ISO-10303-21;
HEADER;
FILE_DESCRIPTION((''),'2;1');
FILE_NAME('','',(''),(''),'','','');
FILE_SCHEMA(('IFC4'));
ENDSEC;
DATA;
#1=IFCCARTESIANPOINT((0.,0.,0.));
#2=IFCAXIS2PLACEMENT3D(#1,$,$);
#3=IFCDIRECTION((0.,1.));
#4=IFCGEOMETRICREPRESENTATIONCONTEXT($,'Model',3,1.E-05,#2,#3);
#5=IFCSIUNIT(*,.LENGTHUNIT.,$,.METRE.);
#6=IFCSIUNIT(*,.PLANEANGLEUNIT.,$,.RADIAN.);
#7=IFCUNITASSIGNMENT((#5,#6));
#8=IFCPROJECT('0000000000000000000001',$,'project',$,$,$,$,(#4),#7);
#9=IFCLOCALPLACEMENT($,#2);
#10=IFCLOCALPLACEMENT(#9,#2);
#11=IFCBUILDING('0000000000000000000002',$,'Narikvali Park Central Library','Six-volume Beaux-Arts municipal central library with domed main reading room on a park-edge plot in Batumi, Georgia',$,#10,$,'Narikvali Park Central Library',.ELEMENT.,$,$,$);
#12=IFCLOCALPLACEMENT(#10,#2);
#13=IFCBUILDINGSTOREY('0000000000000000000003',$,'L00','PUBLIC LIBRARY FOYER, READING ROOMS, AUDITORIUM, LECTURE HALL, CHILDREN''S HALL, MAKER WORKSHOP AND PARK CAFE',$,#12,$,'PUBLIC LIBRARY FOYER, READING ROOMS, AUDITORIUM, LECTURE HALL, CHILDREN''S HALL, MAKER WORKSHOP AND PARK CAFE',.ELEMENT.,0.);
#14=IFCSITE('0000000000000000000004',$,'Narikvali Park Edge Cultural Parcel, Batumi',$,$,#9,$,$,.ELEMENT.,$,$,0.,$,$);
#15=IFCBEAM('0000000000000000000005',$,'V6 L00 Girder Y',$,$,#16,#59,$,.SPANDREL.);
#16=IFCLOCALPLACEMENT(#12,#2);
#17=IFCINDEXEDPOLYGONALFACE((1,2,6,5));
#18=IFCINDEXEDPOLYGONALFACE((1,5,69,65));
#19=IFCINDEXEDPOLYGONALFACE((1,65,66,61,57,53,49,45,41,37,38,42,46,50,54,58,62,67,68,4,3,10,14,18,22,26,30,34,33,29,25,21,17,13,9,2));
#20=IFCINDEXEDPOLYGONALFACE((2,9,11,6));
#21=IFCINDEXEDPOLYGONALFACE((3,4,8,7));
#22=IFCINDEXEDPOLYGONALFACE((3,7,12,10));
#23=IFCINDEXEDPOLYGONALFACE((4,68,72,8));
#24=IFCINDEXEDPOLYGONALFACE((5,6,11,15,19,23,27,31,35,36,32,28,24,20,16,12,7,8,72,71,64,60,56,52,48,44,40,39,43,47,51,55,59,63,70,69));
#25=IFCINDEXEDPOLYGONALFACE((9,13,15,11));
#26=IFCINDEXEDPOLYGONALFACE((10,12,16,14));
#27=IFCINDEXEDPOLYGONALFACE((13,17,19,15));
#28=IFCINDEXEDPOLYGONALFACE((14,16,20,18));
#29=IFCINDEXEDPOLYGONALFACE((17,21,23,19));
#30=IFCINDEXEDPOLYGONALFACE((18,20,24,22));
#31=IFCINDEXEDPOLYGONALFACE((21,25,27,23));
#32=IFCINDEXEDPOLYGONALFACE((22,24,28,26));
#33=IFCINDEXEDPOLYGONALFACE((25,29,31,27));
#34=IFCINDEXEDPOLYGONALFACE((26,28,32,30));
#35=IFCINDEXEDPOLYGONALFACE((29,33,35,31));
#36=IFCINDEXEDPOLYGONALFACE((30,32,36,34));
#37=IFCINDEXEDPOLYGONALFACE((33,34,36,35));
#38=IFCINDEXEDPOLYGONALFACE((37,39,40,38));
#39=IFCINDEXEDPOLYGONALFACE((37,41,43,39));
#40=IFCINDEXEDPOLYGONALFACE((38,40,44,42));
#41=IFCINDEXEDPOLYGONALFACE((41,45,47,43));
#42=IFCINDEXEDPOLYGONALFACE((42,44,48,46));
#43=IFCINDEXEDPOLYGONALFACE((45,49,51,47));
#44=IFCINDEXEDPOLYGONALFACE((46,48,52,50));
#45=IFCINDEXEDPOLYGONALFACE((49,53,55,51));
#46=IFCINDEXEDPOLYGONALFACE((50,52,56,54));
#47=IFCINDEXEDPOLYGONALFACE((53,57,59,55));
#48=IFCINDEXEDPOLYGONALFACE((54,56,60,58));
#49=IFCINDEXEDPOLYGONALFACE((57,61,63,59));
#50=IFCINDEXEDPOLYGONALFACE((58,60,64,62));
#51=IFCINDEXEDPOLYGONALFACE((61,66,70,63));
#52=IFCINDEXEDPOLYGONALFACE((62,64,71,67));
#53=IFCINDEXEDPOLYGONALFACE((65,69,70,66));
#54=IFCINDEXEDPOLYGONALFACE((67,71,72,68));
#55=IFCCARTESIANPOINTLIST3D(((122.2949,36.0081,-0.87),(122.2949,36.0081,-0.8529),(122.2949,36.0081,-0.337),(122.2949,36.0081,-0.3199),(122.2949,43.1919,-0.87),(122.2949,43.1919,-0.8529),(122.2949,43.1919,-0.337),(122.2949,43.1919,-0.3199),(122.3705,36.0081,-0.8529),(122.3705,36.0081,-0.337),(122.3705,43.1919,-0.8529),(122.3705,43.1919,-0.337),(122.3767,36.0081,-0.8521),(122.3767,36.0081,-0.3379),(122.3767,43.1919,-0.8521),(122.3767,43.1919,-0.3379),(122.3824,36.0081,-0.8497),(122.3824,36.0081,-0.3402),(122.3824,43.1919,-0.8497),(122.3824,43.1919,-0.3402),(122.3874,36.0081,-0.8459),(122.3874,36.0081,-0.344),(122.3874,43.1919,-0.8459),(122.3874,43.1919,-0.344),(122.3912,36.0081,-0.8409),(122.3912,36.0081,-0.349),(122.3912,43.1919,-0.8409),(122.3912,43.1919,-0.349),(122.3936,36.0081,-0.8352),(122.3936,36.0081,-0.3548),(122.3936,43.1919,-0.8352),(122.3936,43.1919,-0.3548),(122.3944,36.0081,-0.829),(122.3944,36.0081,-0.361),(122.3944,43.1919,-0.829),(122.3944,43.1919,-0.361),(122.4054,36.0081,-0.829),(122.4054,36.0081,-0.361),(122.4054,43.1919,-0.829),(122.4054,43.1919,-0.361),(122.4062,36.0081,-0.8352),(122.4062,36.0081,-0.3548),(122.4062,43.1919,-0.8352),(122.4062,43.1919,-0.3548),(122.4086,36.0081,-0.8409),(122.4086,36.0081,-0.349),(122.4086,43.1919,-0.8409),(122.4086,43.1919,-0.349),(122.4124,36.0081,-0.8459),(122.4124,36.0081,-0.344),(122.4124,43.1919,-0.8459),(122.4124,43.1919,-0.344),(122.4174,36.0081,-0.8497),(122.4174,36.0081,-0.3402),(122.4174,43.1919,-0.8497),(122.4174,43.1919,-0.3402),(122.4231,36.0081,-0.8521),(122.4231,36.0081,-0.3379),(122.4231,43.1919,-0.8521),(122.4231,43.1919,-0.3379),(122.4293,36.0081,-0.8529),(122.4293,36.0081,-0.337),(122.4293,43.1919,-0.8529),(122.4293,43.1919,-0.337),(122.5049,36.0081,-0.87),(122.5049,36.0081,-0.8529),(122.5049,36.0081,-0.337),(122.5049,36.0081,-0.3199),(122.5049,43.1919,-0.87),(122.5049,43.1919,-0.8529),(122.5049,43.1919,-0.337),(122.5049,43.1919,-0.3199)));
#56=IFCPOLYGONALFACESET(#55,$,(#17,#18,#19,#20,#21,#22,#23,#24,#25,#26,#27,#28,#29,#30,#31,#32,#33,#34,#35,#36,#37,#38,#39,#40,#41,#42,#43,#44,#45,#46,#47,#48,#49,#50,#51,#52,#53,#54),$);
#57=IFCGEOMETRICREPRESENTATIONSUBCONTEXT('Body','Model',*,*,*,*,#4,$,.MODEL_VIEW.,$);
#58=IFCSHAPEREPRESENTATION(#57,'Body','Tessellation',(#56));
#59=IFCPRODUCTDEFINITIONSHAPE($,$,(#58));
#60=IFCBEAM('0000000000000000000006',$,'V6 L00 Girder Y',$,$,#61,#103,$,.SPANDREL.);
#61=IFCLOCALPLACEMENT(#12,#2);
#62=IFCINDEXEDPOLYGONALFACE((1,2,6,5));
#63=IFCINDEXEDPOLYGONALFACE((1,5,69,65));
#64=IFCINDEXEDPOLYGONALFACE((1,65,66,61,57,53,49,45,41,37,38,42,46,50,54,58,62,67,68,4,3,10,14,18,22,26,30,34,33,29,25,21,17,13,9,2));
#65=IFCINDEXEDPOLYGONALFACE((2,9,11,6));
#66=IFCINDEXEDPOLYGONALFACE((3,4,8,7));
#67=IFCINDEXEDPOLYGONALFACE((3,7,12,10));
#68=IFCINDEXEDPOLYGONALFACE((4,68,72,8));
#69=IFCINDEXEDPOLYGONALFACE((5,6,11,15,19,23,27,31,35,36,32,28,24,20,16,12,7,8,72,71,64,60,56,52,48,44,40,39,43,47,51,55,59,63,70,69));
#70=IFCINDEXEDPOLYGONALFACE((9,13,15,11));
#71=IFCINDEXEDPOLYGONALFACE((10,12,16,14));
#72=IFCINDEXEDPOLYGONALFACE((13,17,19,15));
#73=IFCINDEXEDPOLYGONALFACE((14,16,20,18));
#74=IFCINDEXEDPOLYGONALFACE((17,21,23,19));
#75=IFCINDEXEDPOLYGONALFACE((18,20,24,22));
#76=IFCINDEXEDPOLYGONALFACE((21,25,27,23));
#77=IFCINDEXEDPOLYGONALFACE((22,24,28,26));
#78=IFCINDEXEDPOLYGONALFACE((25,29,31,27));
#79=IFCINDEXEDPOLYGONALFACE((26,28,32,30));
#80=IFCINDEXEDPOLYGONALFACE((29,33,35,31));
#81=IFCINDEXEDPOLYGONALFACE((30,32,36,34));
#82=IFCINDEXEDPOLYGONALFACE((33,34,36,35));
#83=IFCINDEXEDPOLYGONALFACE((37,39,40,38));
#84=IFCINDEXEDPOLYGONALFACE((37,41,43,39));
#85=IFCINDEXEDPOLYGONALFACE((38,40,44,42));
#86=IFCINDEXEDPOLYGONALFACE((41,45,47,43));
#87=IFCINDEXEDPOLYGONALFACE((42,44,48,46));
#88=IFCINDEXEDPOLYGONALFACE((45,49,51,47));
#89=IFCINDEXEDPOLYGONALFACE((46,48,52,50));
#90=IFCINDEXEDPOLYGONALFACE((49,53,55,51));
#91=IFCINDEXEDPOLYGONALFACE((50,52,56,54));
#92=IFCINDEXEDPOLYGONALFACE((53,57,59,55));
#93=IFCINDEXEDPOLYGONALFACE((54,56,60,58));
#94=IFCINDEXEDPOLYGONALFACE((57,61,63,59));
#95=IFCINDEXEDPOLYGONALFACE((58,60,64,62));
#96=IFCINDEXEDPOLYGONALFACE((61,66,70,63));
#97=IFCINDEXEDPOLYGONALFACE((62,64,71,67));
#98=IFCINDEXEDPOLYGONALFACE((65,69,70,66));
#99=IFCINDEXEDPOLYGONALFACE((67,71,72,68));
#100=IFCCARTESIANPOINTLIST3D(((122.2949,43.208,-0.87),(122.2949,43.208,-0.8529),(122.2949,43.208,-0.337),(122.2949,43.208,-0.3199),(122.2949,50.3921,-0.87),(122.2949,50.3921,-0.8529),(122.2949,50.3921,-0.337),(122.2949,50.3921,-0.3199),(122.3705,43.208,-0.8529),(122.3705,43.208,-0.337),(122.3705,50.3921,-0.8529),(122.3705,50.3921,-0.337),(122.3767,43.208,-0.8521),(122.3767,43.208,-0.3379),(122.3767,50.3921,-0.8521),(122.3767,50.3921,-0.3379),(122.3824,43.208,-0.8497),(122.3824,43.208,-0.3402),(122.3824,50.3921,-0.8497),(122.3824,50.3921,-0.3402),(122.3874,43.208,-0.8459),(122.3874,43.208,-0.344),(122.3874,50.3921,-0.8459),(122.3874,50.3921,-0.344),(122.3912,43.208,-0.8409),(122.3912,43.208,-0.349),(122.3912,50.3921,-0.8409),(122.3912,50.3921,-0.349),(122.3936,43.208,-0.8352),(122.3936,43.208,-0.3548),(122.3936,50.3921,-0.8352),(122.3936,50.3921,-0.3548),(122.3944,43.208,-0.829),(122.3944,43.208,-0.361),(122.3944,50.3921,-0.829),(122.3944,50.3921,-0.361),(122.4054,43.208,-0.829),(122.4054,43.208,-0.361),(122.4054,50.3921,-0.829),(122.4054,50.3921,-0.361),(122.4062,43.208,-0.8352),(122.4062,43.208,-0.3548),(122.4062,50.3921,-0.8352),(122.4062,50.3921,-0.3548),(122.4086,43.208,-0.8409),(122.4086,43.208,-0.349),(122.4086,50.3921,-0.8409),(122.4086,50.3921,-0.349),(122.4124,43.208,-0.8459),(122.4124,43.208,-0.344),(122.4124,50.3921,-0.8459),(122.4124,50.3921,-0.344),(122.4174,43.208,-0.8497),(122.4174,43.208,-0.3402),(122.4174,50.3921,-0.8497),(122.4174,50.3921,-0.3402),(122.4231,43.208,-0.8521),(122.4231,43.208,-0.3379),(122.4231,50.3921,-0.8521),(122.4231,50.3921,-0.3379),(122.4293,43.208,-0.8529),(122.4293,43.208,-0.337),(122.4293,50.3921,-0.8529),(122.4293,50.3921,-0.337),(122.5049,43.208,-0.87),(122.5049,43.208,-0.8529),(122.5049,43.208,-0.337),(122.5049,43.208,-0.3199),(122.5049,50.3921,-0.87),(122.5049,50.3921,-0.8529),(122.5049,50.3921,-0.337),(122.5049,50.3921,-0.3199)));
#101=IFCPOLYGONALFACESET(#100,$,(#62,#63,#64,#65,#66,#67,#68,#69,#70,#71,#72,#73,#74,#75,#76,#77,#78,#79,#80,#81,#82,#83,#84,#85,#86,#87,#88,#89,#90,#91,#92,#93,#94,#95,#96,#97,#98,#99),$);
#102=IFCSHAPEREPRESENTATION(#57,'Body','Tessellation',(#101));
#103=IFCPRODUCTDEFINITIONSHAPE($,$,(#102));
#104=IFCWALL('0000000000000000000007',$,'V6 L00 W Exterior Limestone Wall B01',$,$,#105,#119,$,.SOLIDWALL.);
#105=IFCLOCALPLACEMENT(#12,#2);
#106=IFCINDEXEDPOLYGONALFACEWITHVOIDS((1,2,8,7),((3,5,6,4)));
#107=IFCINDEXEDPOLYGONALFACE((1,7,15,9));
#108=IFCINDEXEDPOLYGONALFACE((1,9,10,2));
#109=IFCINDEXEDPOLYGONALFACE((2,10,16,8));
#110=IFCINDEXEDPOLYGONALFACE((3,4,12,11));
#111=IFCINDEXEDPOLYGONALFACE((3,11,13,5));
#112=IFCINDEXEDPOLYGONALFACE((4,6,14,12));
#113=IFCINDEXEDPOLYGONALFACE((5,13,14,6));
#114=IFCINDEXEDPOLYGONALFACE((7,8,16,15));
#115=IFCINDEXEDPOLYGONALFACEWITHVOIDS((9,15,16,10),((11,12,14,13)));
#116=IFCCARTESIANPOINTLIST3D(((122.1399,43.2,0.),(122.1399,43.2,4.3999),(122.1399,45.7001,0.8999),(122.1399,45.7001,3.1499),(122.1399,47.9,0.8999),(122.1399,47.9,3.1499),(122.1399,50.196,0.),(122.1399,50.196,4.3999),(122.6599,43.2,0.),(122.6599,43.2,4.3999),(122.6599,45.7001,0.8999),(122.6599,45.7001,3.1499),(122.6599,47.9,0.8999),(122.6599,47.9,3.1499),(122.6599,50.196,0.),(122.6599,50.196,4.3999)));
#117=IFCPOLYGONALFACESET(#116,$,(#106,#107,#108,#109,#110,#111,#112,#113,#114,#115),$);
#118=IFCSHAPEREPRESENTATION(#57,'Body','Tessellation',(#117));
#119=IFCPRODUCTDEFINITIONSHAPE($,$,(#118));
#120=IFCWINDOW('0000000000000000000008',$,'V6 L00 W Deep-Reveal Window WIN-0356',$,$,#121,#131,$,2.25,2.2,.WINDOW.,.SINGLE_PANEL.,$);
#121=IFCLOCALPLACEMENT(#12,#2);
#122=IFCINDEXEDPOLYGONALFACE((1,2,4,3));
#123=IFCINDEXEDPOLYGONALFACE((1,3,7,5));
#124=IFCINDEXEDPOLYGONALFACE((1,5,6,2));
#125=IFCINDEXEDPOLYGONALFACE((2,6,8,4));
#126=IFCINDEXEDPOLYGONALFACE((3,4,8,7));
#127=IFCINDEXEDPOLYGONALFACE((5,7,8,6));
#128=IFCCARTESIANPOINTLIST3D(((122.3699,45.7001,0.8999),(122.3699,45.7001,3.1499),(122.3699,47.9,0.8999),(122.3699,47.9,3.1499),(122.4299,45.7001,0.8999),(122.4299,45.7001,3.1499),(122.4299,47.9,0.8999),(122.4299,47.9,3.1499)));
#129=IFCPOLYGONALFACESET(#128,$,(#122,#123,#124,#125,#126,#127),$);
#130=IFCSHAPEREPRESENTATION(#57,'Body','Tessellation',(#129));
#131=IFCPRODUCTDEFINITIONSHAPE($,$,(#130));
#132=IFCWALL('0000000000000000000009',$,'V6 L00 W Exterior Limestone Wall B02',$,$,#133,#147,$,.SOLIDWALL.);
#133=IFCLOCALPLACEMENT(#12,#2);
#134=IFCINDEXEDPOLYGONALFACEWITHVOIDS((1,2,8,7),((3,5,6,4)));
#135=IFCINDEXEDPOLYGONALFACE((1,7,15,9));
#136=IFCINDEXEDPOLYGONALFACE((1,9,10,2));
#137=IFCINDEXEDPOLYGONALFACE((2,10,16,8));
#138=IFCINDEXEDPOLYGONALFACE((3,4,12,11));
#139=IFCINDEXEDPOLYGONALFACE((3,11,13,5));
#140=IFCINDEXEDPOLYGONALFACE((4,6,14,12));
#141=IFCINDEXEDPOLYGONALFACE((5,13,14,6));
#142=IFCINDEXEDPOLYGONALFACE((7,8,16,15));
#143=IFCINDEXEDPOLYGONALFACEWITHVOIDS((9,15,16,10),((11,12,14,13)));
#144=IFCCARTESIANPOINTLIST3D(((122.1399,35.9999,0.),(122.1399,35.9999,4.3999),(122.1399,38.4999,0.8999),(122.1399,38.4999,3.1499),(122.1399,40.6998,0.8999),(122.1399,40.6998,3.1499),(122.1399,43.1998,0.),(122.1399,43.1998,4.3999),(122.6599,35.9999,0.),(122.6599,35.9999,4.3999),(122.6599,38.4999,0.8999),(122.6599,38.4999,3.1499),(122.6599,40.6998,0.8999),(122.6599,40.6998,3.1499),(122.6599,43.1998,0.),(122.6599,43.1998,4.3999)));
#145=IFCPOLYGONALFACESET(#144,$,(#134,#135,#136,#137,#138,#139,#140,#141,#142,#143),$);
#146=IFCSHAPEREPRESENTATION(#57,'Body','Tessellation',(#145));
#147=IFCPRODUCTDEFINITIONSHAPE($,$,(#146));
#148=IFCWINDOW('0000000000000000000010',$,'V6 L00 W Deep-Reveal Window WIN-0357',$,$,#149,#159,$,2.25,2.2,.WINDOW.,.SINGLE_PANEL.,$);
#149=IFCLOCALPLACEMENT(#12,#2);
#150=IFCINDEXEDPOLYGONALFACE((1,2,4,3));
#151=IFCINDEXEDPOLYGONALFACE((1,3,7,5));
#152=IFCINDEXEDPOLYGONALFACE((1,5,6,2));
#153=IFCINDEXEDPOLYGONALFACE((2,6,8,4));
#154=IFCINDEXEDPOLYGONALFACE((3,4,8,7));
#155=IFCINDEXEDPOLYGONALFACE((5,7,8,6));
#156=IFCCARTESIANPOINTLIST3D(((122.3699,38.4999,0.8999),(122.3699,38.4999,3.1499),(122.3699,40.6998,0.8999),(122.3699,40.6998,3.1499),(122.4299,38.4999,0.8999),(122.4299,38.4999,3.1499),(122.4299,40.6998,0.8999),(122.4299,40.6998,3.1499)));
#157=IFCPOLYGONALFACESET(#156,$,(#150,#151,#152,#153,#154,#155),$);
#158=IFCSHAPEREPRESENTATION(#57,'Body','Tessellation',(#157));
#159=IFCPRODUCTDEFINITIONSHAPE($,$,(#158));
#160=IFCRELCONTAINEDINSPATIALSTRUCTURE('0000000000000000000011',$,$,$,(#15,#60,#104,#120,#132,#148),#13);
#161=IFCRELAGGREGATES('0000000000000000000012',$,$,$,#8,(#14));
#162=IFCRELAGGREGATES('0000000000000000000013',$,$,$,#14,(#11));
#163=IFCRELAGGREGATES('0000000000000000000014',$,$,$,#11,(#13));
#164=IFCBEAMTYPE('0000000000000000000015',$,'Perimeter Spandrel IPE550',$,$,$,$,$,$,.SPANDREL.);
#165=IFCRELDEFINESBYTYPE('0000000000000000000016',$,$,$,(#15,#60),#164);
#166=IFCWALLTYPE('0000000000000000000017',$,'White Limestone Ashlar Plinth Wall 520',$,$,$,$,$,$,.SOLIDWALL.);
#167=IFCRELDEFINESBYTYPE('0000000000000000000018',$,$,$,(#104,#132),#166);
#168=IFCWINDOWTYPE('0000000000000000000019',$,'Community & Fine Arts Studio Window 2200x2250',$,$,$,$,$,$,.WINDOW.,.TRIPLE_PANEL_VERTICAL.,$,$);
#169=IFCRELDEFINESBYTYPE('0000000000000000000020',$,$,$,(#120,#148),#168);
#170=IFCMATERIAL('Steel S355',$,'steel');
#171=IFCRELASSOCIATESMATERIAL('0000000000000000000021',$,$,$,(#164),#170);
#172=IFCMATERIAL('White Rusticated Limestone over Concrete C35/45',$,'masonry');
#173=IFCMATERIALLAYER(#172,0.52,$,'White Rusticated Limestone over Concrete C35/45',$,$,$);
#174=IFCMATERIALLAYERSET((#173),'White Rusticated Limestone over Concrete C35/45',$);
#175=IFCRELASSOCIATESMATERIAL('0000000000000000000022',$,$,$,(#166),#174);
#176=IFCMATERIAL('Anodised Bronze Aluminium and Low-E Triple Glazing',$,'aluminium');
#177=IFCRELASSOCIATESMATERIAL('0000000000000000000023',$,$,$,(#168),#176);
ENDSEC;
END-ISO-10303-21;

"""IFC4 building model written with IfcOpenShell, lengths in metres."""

from ifc_helpers import new_model, si_unit, direction, frame, frame_2d, origin, origin_2d, place, context, subcontext, project, spatial, rectangle, i_section, extrude, material, layer, layer_set, material_profile, profile_set, type_object, element, fill, save


model = new_model("IFC4")

# Units and contexts
model_context = context("Model", 3, precision=1e-05, world=origin(), true_north=direction((0.0, 1.0)))
body_context = subcontext(model_context, "Body", "Model", "MODEL_VIEW")
ifc_project = project(units=[si_unit("LENGTHUNIT", "METRE"), si_unit("PLANEANGLEUNIT", "RADIAN")], contexts=[model_context])

# Site, building, storey
site_placement = place(None, origin())
site = spatial("IfcSite", under=ifc_project, at=site_placement, Name="Narikvali Park Edge Cultural Parcel, Batumi", CompositionType="ELEMENT", RefElevation=0.0)
building_placement = place(site_placement, origin())
building = spatial("IfcBuilding", under=site, at=building_placement, Name="Narikvali Park Central Library", Description="Six-volume Beaux-Arts municipal central library with domed main reading room on a park-edge plot in Batumi, Georgia", LongName="Narikvali Park Central Library", CompositionType="ELEMENT")
storey_placement = place(building_placement, origin())
storey = spatial("IfcBuildingStorey", under=building, at=storey_placement, Name="L00", Description="PUBLIC LIBRARY FOYER, READING ROOMS, AUDITORIUM, LECTURE HALL, CHILDREN'S HALL, MAKER WORKSHOP AND PARK CAFE", LongName="PUBLIC LIBRARY FOYER, READING ROOMS, AUDITORIUM, LECTURE HALL, CHILDREN'S HALL, MAKER WORKSHOP AND PARK CAFE", CompositionType="ELEMENT", Elevation=0.0)

# Shared definitions
ifc_material_1 = material(Name="Steel S355", Category="steel")

# Beams
ifc_material_profile_1 = material_profile(ifc_material_1, i_section(OverallWidth=0.21, OverallDepth=0.55, WebThickness=0.011, FlangeThickness=0.0171, FilletRadius=0.0239, at=origin_2d()), Name="IPE 550")
ifc_profile_set_1 = profile_set([ifc_material_profile_1], Name="Steel S355")
beam_type = type_object("IfcBeamType", Name="Perimeter Spandrel IPE550", PredefinedType="SPANDREL", material=ifc_profile_set_1)
for number, where, z_axis, x_axis, name in (
    (1, (122.3999, 36.0081, -0.595), (0.0, 1.0, 0.0), (-1.0, 0.0, 0.0), "V6 L00 Girder Y"),
):
    element("IfcBeam", number, at=place(storey_placement, frame(where, z_axis=z_axis, x_axis=x_axis)), inside=storey, type_object=beam_type, Name=name, PredefinedType="SPANDREL", context=body_context, shape_type="SweptSolid", body=[
        extrude(i_section(OverallWidth=0.21, OverallDepth=0.55, WebThickness=0.011, FlangeThickness=0.0171, FilletRadius=0.0239, at=origin_2d()), origin(), (0.0, 0.0, 1.0), 7.1838),
    ])
beam_placement = place(storey_placement, frame((122.3999, 43.208, -0.595), z_axis=(0.0, 1.0, 0.0), x_axis=(-1.0, 0.0, 0.0)))
element("IfcBeam", 2, at=beam_placement, inside=storey, type_object=beam_type, Name="V6 L00 Girder Y", PredefinedType="SPANDREL", context=body_context, shape_type="SweptSolid", body=[
    extrude(i_section(OverallWidth=0.21, OverallDepth=0.55, WebThickness=0.011, FlangeThickness=0.0171, FilletRadius=0.0239, at=origin_2d()), origin(), (0.0, 0.0, 1.0), 7.1841),
])

# Walls, openings, windows
ifc_material_2 = material(Name="White Rusticated Limestone over Concrete C35/45", Category="masonry")
ifc_layer_1 = layer(ifc_material_2, 0.52, Name="White Rusticated Limestone over Concrete C35/45")
ifc_layer_set_1 = layer_set([ifc_layer_1], Name="White Rusticated Limestone over Concrete C35/45")
wall_type = type_object("IfcWallType", Name="White Limestone Ashlar Plinth Wall 520", PredefinedType="SOLIDWALL", material=ifc_layer_set_1)
wall_1_placement = place(storey_placement, frame((122.3999, 50.196, 0.0), z_axis=(0.0, 0.0, 1.0), x_axis=(0.0, -1.0, 0.0)))
wall_1 = element("IfcWall", 3, at=wall_1_placement, inside=storey, type_object=wall_type, Name="V6 L00 W Exterior Limestone Wall B01", PredefinedType="SOLIDWALL", context=body_context, shape_type="SweptSolid", body=[
    extrude(rectangle(XDim=6.9961, YDim=0.52, at=frame_2d((3.498, 0.0))), origin(), (0.0, 0.0, 1.0), 4.3999),
])
opening_1_placement = place(wall_1_placement, frame((2.2959, 0.0, 0.8999)))
opening_1 = element("IfcOpeningElement", 4, at=opening_1_placement, cuts=wall_1, PredefinedType="OPENING", context=body_context, shape_type="SweptSolid", body=[
    extrude(rectangle(XDim=2.2, YDim=2.25, at=frame_2d((1.1001, 1.125))), frame((0.0, 0.272, 0.0), z_axis=(0.0, -1.0, 0.0), x_axis=(1.0, 0.0, 0.0)), (0.0, 0.0, 1.0), 0.5439),
])
ifc_material_3 = material(Name="Anodised Bronze Aluminium and Low-E Triple Glazing", Category="aluminium")
window_type = type_object("IfcWindowType", Name="Community & Fine Arts Studio Window 2200x2250", PartitioningType="TRIPLE_PANEL_VERTICAL", PredefinedType="WINDOW", material=ifc_material_3)
window_1_placement = place(opening_1_placement, origin())
window_1 = element("IfcWindow", 5, at=window_1_placement, inside=storey, type_object=window_type, Name="V6 L00 W Deep-Reveal Window WIN-0356", OverallHeight=2.25, OverallWidth=2.2, PartitioningType="SINGLE_PANEL", PredefinedType="WINDOW", context=body_context, shape_type="SweptSolid", body=[
    extrude(rectangle(XDim=2.2, YDim=2.25, at=frame_2d((1.1001, 1.125))), frame((0.0, 0.03, 0.0), z_axis=(0.0, -1.0, 0.0), x_axis=(1.0, 0.0, 0.0)), (0.0, 0.0, 1.0), 0.0601),
])
fill(opening_1, window_1)
wall_2_placement = place(storey_placement, frame((122.3999, 43.2, 0.0), z_axis=(0.0, 0.0, 1.0), x_axis=(0.0, -1.0, 0.0)))
wall_2 = element("IfcWall", 6, at=wall_2_placement, inside=storey, type_object=wall_type, Name="V6 L00 W Exterior Limestone Wall B02", PredefinedType="SOLIDWALL", context=body_context, shape_type="SweptSolid", body=[
    extrude(rectangle(XDim=7.2, YDim=0.52, at=frame_2d((3.6001, 0.0))), origin(), (0.0, 0.0, 1.0), 4.3999),
])
opening_2_placement = place(wall_2_placement, frame((2.5, 0.0, 0.8999)))
opening_2 = element("IfcOpeningElement", 7, at=opening_2_placement, cuts=wall_2, PredefinedType="OPENING", context=body_context, shape_type="SweptSolid", body=[
    extrude(rectangle(XDim=2.2, YDim=2.25, at=frame_2d((1.1001, 1.125))), frame((0.0, 0.272, 0.0), z_axis=(0.0, -1.0, 0.0), x_axis=(1.0, 0.0, 0.0)), (0.0, 0.0, 1.0), 0.5439),
])
window_2_placement = place(opening_2_placement, origin())
window_2 = element("IfcWindow", 8, at=window_2_placement, inside=storey, type_object=window_type, Name="V6 L00 W Deep-Reveal Window WIN-0357", OverallHeight=2.25, OverallWidth=2.2, PartitioningType="SINGLE_PANEL", PredefinedType="WINDOW", context=body_context, shape_type="SweptSolid", body=[
    extrude(rectangle(XDim=2.2, YDim=2.25, at=frame_2d((1.1001, 1.125))), frame((0.0, 0.03, 0.0), z_axis=(0.0, -1.0, 0.0), x_axis=(1.0, 0.0, 0.0)), (0.0, 0.0, 1.0), 0.0601),
])
fill(opening_2, window_2)

save(model, "model.ifc")
